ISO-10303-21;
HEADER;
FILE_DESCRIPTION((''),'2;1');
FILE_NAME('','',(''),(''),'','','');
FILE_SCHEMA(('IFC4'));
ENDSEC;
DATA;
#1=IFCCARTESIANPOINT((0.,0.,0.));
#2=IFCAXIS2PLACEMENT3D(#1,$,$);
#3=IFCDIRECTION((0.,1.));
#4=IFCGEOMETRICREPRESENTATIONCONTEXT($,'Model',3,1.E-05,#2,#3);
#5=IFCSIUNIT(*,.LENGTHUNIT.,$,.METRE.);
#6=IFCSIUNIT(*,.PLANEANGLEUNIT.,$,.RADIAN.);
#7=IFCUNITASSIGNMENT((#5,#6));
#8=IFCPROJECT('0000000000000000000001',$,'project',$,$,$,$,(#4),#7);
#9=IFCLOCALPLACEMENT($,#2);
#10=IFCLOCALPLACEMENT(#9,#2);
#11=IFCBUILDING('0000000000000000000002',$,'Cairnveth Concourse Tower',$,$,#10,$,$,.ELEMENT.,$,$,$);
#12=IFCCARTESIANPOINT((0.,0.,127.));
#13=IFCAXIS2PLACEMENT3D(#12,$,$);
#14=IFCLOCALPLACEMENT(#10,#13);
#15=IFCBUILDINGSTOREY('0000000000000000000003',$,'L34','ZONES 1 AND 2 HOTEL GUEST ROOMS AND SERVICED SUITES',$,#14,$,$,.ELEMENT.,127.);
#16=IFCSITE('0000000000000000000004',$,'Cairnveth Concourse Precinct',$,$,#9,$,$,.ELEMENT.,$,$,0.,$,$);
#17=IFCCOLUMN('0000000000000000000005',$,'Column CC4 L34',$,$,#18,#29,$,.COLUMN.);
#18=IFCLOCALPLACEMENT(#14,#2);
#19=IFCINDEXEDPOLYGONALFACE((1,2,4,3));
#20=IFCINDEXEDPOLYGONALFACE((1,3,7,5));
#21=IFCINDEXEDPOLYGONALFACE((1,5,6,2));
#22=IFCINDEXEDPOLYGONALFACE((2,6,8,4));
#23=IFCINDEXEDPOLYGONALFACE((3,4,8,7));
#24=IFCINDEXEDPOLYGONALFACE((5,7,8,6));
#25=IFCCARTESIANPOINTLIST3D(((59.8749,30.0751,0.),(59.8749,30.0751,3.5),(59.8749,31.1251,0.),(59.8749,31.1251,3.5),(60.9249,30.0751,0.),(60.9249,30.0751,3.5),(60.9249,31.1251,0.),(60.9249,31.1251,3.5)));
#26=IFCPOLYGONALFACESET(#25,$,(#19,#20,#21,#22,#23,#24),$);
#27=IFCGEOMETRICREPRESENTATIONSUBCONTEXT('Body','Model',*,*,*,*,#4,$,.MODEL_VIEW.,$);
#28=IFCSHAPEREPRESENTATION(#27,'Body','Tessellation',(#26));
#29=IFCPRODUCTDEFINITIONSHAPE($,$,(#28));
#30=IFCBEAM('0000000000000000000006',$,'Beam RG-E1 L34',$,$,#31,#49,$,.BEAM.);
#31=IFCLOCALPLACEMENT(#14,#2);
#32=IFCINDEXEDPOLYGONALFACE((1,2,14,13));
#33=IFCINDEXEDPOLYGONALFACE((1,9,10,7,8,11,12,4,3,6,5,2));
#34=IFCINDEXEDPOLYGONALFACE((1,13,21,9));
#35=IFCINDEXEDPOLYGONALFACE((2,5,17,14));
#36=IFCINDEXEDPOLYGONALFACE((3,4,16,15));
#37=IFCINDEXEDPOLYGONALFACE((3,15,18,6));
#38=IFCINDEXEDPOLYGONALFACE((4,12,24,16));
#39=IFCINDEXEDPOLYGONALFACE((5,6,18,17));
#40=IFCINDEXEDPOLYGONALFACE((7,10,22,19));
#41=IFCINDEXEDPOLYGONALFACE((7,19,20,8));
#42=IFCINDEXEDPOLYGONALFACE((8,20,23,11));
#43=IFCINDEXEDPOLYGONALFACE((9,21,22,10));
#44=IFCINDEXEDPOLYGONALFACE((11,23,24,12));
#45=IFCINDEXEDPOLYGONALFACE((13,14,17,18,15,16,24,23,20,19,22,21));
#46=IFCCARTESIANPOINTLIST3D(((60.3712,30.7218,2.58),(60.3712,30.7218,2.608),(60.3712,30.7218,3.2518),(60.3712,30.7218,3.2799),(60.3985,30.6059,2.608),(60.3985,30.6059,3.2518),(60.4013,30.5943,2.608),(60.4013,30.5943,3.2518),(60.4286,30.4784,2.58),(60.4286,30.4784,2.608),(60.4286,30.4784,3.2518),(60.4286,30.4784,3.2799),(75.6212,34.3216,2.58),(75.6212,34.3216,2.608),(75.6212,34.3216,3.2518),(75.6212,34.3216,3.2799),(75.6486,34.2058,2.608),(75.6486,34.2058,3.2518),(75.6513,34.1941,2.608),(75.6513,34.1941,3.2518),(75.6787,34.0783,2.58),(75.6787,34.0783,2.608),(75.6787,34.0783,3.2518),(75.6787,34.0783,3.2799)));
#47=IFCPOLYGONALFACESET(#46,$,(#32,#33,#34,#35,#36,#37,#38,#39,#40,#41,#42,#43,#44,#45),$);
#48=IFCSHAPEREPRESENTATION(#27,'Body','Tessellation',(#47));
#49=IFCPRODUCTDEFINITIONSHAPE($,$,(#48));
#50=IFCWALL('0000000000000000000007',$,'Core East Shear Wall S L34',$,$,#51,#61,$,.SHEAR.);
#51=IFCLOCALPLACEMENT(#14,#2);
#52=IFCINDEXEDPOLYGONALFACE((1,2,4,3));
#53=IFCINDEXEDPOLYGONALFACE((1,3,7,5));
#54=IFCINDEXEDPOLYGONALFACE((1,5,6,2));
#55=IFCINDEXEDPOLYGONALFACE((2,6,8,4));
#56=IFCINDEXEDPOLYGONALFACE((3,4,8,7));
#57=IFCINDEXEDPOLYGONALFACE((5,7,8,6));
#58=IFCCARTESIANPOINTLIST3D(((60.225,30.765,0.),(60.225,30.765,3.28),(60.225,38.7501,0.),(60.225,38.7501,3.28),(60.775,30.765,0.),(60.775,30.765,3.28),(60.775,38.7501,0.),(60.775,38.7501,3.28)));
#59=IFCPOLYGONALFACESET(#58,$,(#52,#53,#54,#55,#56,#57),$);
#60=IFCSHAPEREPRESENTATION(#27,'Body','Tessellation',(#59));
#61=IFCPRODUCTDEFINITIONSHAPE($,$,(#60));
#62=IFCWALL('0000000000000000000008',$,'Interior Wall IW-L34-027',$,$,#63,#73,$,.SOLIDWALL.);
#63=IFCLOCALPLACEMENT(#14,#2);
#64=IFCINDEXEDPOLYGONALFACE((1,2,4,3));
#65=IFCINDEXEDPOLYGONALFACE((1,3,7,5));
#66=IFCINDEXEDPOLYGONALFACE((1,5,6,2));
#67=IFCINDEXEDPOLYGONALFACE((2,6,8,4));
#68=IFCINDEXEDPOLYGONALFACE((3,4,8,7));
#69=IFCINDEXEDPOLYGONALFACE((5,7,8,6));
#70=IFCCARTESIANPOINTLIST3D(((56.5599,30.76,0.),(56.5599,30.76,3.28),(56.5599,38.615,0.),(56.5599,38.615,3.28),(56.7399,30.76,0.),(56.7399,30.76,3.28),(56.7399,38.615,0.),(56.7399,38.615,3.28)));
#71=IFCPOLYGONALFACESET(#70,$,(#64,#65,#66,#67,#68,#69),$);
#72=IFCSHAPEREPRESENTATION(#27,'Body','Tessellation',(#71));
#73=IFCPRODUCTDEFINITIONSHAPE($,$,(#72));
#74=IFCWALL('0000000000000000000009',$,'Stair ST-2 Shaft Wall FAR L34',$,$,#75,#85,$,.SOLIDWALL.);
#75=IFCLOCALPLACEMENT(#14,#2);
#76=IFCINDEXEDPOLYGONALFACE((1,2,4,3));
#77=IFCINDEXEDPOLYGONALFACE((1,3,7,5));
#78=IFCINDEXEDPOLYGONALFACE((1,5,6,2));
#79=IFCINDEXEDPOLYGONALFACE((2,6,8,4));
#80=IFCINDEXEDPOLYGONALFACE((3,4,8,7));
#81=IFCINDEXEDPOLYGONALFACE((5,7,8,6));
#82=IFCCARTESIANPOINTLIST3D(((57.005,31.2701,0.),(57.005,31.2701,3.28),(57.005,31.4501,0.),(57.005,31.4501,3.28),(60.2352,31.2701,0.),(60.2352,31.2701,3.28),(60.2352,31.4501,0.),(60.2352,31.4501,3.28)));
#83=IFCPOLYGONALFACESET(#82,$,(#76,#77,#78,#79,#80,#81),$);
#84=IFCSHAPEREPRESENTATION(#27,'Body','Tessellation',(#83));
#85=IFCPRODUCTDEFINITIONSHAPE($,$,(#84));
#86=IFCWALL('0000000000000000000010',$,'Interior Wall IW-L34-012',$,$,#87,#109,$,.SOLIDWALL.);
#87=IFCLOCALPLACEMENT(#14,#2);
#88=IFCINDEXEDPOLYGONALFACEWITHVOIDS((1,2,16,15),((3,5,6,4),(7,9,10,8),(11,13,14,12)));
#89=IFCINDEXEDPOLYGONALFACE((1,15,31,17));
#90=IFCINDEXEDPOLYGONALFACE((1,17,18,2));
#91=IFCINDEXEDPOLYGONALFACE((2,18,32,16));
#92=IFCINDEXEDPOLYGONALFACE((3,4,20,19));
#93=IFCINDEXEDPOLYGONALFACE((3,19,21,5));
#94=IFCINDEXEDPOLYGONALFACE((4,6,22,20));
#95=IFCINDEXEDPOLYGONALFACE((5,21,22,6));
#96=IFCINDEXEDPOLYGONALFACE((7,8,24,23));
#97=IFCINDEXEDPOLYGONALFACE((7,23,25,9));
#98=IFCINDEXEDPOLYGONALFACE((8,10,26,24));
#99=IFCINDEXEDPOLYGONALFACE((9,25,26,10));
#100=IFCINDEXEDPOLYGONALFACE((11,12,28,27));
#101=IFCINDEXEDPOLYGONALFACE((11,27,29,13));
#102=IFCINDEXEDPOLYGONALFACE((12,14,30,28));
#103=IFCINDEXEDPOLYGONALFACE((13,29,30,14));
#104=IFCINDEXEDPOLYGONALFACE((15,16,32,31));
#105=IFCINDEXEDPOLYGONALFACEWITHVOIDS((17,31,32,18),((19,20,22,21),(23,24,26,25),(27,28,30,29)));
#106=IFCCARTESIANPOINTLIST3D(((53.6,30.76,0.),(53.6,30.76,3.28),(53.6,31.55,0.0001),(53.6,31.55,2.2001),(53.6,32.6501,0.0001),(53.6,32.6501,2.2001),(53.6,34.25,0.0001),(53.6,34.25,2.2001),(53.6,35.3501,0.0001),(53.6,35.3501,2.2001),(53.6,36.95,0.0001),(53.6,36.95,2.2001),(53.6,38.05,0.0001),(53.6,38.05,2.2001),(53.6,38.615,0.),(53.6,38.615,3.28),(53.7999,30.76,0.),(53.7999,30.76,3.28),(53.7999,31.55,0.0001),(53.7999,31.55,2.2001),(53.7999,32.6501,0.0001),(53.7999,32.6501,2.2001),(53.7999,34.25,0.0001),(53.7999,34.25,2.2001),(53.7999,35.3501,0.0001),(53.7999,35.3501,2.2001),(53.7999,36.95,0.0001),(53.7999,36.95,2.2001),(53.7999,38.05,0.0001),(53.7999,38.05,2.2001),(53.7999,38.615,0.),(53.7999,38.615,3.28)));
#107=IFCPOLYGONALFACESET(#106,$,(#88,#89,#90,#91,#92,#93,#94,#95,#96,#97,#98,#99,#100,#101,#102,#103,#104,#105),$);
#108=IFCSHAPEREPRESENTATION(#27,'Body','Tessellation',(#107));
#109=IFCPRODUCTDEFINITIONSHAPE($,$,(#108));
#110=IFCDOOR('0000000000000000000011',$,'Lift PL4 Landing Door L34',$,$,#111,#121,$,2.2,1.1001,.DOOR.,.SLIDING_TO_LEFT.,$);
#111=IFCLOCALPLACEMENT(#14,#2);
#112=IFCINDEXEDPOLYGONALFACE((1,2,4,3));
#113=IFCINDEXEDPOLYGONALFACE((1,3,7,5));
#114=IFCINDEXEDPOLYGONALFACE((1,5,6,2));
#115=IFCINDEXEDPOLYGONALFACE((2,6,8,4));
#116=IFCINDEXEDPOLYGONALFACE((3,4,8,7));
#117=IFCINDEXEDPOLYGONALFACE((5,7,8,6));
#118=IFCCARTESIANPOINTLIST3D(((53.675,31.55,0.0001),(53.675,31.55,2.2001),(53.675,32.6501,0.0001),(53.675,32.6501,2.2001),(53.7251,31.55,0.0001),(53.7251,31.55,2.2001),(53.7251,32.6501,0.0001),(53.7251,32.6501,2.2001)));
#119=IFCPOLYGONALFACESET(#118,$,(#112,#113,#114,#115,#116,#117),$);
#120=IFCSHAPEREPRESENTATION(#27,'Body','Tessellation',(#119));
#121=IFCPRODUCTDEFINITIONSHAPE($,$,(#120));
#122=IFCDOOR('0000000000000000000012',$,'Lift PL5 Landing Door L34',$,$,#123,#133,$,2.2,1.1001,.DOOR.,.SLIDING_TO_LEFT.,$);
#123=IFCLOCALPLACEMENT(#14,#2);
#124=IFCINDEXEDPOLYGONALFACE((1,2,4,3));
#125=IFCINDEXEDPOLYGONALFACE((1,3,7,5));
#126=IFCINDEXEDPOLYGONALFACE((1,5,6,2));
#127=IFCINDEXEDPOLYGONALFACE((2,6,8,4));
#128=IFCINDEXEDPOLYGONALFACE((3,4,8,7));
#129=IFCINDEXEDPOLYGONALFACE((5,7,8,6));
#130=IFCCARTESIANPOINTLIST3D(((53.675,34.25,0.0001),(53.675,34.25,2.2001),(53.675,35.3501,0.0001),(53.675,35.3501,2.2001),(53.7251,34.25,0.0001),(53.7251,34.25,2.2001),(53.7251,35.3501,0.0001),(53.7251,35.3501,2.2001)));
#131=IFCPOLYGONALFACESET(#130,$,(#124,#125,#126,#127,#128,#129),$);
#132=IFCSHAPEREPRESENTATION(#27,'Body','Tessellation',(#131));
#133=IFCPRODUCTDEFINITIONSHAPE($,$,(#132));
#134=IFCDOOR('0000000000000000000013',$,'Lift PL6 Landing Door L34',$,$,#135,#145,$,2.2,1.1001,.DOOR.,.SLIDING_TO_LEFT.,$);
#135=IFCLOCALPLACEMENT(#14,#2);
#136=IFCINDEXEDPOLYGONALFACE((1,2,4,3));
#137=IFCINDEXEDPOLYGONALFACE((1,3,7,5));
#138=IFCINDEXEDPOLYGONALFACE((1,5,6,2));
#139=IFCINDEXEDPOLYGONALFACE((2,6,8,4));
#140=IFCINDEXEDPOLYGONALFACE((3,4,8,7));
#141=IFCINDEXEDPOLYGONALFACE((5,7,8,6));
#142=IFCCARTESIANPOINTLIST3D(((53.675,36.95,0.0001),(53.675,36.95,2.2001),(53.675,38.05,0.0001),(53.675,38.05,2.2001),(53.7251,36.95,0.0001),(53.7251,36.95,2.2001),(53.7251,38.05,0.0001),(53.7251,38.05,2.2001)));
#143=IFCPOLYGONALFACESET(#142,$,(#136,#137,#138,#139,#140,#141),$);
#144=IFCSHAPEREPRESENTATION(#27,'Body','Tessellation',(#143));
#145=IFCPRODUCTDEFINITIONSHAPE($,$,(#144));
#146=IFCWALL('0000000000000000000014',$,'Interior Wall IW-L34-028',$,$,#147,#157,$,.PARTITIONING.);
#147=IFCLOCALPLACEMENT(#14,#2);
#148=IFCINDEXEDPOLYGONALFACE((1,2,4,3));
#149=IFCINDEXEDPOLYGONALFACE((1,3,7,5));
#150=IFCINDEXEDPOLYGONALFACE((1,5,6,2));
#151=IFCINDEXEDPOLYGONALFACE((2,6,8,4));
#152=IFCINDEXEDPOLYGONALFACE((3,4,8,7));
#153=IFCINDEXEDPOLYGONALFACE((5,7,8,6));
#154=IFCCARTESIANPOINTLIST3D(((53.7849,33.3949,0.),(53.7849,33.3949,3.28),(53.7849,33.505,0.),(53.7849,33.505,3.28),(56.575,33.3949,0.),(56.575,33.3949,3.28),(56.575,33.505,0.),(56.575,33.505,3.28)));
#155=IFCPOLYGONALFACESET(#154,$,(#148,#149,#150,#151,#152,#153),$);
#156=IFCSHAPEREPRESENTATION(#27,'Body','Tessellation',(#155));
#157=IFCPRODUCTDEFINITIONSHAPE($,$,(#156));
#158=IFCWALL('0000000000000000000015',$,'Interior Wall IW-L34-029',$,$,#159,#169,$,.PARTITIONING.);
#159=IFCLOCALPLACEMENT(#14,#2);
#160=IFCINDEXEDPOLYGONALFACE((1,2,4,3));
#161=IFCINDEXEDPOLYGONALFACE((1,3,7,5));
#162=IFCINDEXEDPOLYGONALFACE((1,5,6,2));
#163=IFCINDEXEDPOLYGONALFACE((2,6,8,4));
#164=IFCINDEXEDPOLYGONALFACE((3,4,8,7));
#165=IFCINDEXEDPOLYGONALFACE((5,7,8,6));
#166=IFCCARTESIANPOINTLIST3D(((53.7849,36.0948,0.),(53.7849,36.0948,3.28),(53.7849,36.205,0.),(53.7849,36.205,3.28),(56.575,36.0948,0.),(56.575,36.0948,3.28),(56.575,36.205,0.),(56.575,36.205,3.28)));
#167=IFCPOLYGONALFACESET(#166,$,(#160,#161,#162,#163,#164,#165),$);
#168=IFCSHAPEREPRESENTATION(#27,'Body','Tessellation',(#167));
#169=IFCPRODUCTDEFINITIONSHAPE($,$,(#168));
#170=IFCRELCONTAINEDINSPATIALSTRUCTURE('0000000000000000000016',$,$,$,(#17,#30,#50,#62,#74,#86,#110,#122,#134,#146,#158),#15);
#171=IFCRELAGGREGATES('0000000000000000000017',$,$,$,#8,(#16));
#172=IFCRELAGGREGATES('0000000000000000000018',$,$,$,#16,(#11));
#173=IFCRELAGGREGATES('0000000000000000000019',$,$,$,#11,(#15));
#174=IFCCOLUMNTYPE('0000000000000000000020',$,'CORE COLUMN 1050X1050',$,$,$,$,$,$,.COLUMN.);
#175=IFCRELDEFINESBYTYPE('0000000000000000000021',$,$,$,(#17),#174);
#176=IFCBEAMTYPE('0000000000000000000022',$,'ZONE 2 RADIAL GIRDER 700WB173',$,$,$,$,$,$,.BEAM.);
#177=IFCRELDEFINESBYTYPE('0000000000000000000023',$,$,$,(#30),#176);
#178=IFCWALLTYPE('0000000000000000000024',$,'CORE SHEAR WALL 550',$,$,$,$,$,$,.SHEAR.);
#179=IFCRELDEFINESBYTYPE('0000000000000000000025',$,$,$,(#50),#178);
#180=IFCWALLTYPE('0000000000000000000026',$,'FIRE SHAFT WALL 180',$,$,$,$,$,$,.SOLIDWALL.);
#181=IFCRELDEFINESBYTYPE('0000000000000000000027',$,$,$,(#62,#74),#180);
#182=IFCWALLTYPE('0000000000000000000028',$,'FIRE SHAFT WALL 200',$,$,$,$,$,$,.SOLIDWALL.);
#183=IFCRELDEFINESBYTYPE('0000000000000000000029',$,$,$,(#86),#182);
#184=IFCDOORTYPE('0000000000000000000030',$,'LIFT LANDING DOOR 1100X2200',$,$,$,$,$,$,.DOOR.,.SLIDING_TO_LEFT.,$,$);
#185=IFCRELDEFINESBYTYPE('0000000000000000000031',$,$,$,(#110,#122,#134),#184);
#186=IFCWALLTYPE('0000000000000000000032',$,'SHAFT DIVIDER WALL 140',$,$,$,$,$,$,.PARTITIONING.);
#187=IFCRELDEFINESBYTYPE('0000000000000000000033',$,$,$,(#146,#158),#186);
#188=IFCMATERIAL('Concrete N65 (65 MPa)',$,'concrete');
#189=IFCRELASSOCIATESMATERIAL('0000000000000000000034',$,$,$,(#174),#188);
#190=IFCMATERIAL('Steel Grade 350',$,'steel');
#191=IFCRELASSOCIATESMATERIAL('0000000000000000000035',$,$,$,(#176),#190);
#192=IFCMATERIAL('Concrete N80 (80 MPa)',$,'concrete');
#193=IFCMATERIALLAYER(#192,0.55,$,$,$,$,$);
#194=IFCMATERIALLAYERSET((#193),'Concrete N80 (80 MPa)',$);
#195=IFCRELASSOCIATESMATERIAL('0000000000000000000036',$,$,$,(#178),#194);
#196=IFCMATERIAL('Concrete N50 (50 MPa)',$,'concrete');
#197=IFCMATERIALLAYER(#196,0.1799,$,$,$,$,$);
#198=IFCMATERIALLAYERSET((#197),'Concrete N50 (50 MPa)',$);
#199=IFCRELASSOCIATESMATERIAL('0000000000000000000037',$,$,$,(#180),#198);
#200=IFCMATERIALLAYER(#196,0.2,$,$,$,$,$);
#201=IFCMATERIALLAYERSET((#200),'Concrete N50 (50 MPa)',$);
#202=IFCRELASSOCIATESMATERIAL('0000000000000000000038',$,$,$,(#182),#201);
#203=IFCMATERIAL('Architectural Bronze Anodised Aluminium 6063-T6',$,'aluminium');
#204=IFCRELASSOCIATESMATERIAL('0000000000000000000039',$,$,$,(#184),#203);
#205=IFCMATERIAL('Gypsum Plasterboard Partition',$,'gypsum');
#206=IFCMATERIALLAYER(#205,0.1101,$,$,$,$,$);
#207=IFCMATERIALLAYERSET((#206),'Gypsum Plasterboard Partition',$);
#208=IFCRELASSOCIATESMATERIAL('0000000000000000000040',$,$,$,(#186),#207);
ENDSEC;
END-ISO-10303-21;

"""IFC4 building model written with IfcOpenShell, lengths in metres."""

from ifc_helpers import new_model, si_unit, direction, frame, frame_2d, origin, origin_2d, place, context, subcontext, project, spatial, rectangle, i_section, extrude, material, layer, layer_set, material_profile, profile_set, type_object, element, fill, save


model = new_model("IFC4")

# Units and contexts
model_context = context("Model", 3, precision=1e-05, world=origin(), true_north=direction((0.0, 1.0)))
body_context = subcontext(model_context, "Body", "Model", "MODEL_VIEW")
ifc_project = project(units=[si_unit("LENGTHUNIT", "METRE"), si_unit("PLANEANGLEUNIT", "RADIAN")], contexts=[model_context])

# Site, building, storey
site_placement = place(None, origin())
site = spatial("IfcSite", under=ifc_project, at=site_placement, Name="Cairnveth Concourse Precinct", CompositionType="ELEMENT", RefElevation=0.0)
building_placement = place(site_placement, origin())
building = spatial("IfcBuilding", under=site, at=building_placement, Name="Cairnveth Concourse Tower", CompositionType="ELEMENT")
storey_placement = place(building_placement, frame((0.0, 0.0, 127.0)))
storey = spatial("IfcBuildingStorey", under=building, at=storey_placement, Name="L34", Description="ZONES 1 AND 2 HOTEL GUEST ROOMS AND SERVICED SUITES", CompositionType="ELEMENT", Elevation=127.0)

# Column
ifc_material_1 = material(Name="Concrete N65 (65 MPa)", Category="concrete")
ifc_material_profile_1 = material_profile(ifc_material_1, rectangle(XDim=1.05, YDim=1.05, at=origin_2d()), Name="RC-COL-1050x1050")
ifc_profile_set_1 = profile_set([ifc_material_profile_1], Name="Concrete N65 (65 MPa)")
column_type = type_object("IfcColumnType", Name="CORE COLUMN 1050X1050", PredefinedType="COLUMN", material=ifc_profile_set_1)
column_placement = place(storey_placement, frame((60.3999, 30.6001, 0.0), z_axis=(0.0, 0.0, 1.0), x_axis=(1.0, 0.0, 0.0)))
element("IfcColumn", 1, at=column_placement, inside=storey, type_object=column_type, Name="Column CC4 L34", PredefinedType="COLUMN", context=body_context, shape_type="SweptSolid", body=[
    extrude(rectangle(XDim=1.05, YDim=1.05, at=origin_2d()), origin(), (0.0, 0.0, 1.0), 3.5),
])

# Beam
ifc_material_2 = material(Name="Steel Grade 350", Category="steel")
ifc_material_profile_2 = material_profile(ifc_material_2, i_section(OverallWidth=0.25, OverallDepth=0.7, WebThickness=0.012, FlangeThickness=0.0281, at=origin_2d()), Name="700WB173")
ifc_profile_set_2 = profile_set([ifc_material_profile_2], Name="Steel Grade 350")
beam_type = type_object("IfcBeamType", Name="ZONE 2 RADIAL GIRDER 700WB173", PredefinedType="BEAM", material=ifc_profile_set_2)
beam_placement = place(storey_placement, frame((60.3999, 30.6001, 2.9299), z_axis=(0.973252, 0.229742, 0.0), x_axis=(-0.229742, 0.973252, 0.0)))
element("IfcBeam", 2, at=beam_placement, inside=storey, type_object=beam_type, Name="Beam RG-E1 L34", PredefinedType="BEAM", context=body_context, shape_type="SweptSolid", body=[
    extrude(i_section(OverallWidth=0.25, OverallDepth=0.7, WebThickness=0.012, FlangeThickness=0.0281, at=origin_2d()), origin(), (0.0, 0.0, 1.0), 15.6692),
])

# Walls
ifc_material_3 = material(Name="Concrete N80 (80 MPa)", Category="concrete")
ifc_layer_1 = layer(ifc_material_3, 0.55)
ifc_layer_set_1 = layer_set([ifc_layer_1], Name="Concrete N80 (80 MPa)")
wall_type_1 = type_object("IfcWallType", Name="CORE SHEAR WALL 550", PredefinedType="SHEAR", material=ifc_layer_set_1)
wall_1_placement = place(storey_placement, frame((60.5, 30.7649, 0.0), z_axis=(0.0, 0.0, 1.0), x_axis=(0.0, 1.0, 0.0)))
element("IfcWall", 3, at=wall_1_placement, inside=storey, type_object=wall_type_1, Name="Core East Shear Wall S L34", PredefinedType="SHEAR", context=body_context, shape_type="SweptSolid", body=[
    extrude(rectangle(XDim=7.9851, YDim=0.55, at=frame_2d((3.9927, 0.0))), origin(), (0.0, 0.0, 1.0), 3.28),
])
ifc_material_4 = material(Name="Concrete N50 (50 MPa)", Category="concrete")
ifc_layer_2 = layer(ifc_material_4, 0.1799)
ifc_layer_set_2 = layer_set([ifc_layer_2], Name="Concrete N50 (50 MPa)")
wall_type_2 = type_object("IfcWallType", Name="FIRE SHAFT WALL 180", PredefinedType="SOLIDWALL", material=ifc_layer_set_2)
wall_2_placement = place(storey_placement, frame((56.6499, 30.76, 0.0), z_axis=(0.0, 0.0, 1.0), x_axis=(0.0, 1.0, 0.0)))
element("IfcWall", 4, at=wall_2_placement, inside=storey, type_object=wall_type_2, Name="Interior Wall IW-L34-027", PredefinedType="SOLIDWALL", context=body_context, shape_type="SweptSolid", body=[
    extrude(rectangle(XDim=7.855, YDim=0.1799, at=frame_2d((3.9275, 0.0))), origin(), (0.0, 0.0, 1.0), 3.28),
])
wall_3_placement = place(storey_placement, frame((57.0049, 31.3601, 0.0), z_axis=(0.0, 0.0, 1.0), x_axis=(1.0, 0.0, 0.0)))
element("IfcWall", 5, at=wall_3_placement, inside=storey, type_object=wall_type_2, Name="Stair ST-2 Shaft Wall FAR L34", PredefinedType="SOLIDWALL", context=body_context, shape_type="SweptSolid", body=[
    extrude(rectangle(XDim=3.2302, YDim=0.1799, at=frame_2d((1.6152, 0.0))), origin(), (0.0, 0.0, 1.0), 3.28),
])

# Wall, openings, doors
ifc_layer_3 = layer(ifc_material_4, 0.2)
ifc_layer_set_3 = layer_set([ifc_layer_3], Name="Concrete N50 (50 MPa)")
wall_type_3 = type_object("IfcWallType", Name="FIRE SHAFT WALL 200", PredefinedType="SOLIDWALL", material=ifc_layer_set_3)
wall_4_placement = place(storey_placement, frame((53.7, 30.76, 0.0), z_axis=(0.0, 0.0, 1.0), x_axis=(0.0, 1.0, 0.0)))
wall_4 = element("IfcWall", 6, at=wall_4_placement, inside=storey, type_object=wall_type_3, Name="Interior Wall IW-L34-012", PredefinedType="SOLIDWALL", context=body_context, shape_type="SweptSolid", body=[
    extrude(rectangle(XDim=7.855, YDim=0.2, at=frame_2d((3.9275, 0.0))), origin(), (0.0, 0.0, 1.0), 3.28),
])
opening_1_placement = place(wall_4_placement, frame((0.79, 0.0, 0.0)))
opening_1 = element("IfcOpeningElement", 7, at=opening_1_placement, cuts=wall_4, PredefinedType="OPENING", context=body_context, shape_type="SweptSolid", body=[
    extrude(rectangle(XDim=1.1001, YDim=2.2, at=frame_2d((0.55, 1.1001))), frame((0.0, 0.1099, 0.0), z_axis=(0.0, -1.0, 0.0), x_axis=(1.0, 0.0, 0.0)), (0.0, 0.0, 1.0), 0.22),
])
opening_2_placement = place(wall_4_placement, frame((3.49, 0.0, 0.0)))
opening_2 = element("IfcOpeningElement", 8, at=opening_2_placement, cuts=wall_4, PredefinedType="OPENING", context=body_context, shape_type="SweptSolid", body=[
    extrude(rectangle(XDim=1.1001, YDim=2.2, at=frame_2d((0.55, 1.1001))), frame((0.0, 0.1099, 0.0), z_axis=(0.0, -1.0, 0.0), x_axis=(1.0, 0.0, 0.0)), (0.0, 0.0, 1.0), 0.22),
])
opening_3_placement = place(wall_4_placement, frame((6.1899, 0.0, 0.0)))
opening_3 = element("IfcOpeningElement", 9, at=opening_3_placement, cuts=wall_4, PredefinedType="OPENING", context=body_context, shape_type="SweptSolid", body=[
    extrude(rectangle(XDim=1.1001, YDim=2.2, at=frame_2d((0.55, 1.1001))), frame((0.0, 0.1099, 0.0), z_axis=(0.0, -1.0, 0.0), x_axis=(1.0, 0.0, 0.0)), (0.0, 0.0, 1.0), 0.22),
])
ifc_material_5 = material(Name="Architectural Bronze Anodised Aluminium 6063-T6", Category="aluminium")
door_type_1 = type_object("IfcDoorType", Name="LIFT LANDING DOOR 1100X2200", OperationType="SLIDING_TO_LEFT", PredefinedType="DOOR", material=ifc_material_5)
door_1_placement = place(opening_1_placement, origin())
door_1 = element("IfcDoor", 10, at=door_1_placement, inside=storey, type_object=door_type_1, Name="Lift PL4 Landing Door L34", OperationType="SLIDING_TO_LEFT", OverallHeight=2.2, OverallWidth=1.1001, PredefinedType="DOOR", context=body_context, shape_type="SweptSolid", body=[
    extrude(rectangle(XDim=1.1001, YDim=2.2, at=frame_2d((0.55, 1.1001))), frame((0.0, 0.0249, 0.0), z_axis=(0.0, -1.0, 0.0), x_axis=(1.0, 0.0, 0.0)), (0.0, 0.0, 1.0), 0.05),
])
fill(opening_1, door_1)
door_2_placement = place(opening_2_placement, origin())
door_2 = element("IfcDoor", 11, at=door_2_placement, inside=storey, type_object=door_type_1, Name="Lift PL5 Landing Door L34", OperationType="SLIDING_TO_LEFT", OverallHeight=2.2, OverallWidth=1.1001, PredefinedType="DOOR", context=body_context, shape_type="SweptSolid", body=[
    extrude(rectangle(XDim=1.1001, YDim=2.2, at=frame_2d((0.55, 1.1001))), frame((0.0, 0.0249, 0.0), z_axis=(0.0, -1.0, 0.0), x_axis=(1.0, 0.0, 0.0)), (0.0, 0.0, 1.0), 0.05),
])
fill(opening_2, door_2)
door_3_placement = place(opening_3_placement, origin())
door_3 = element("IfcDoor", 12, at=door_3_placement, inside=storey, type_object=door_type_1, Name="Lift PL6 Landing Door L34", OperationType="SLIDING_TO_LEFT", OverallHeight=2.2, OverallWidth=1.1001, PredefinedType="DOOR", context=body_context, shape_type="SweptSolid", body=[
    extrude(rectangle(XDim=1.1001, YDim=2.2, at=frame_2d((0.55, 1.1001))), frame((0.0, 0.0249, 0.0), z_axis=(0.0, -1.0, 0.0), x_axis=(1.0, 0.0, 0.0)), (0.0, 0.0, 1.0), 0.05),
])
fill(opening_3, door_3)

# Walls
ifc_material_6 = material(Name="Gypsum Plasterboard Partition", Category="gypsum")
ifc_layer_4 = layer(ifc_material_6, 0.1101)
ifc_layer_set_4 = layer_set([ifc_layer_4], Name="Gypsum Plasterboard Partition")
wall_type_4 = type_object("IfcWallType", Name="SHAFT DIVIDER WALL 140", PredefinedType="PARTITIONING", material=ifc_layer_set_4)
for number, where, z_axis, x_axis, name in (
    (13, (53.7849, 33.45, 0.0), (0.0, 0.0, 1.0), (1.0, 0.0, 0.0), "Interior Wall IW-L34-028"),
    (14, (53.7849, 36.1499, 0.0), (0.0, 0.0, 1.0), (1.0, 0.0, 0.0), "Interior Wall IW-L34-029"),
):
    element("IfcWall", number, at=place(storey_placement, frame(where, z_axis=z_axis, x_axis=x_axis)), inside=storey, type_object=wall_type_4, Name=name, PredefinedType="PARTITIONING", context=body_context, shape_type="SweptSolid", body=[
        extrude(rectangle(XDim=2.79, YDim=0.1101, at=frame_2d((1.395, 0.0))), origin(), (0.0, 0.0, 1.0), 3.28),
    ])

save(model, "model.ifc")
